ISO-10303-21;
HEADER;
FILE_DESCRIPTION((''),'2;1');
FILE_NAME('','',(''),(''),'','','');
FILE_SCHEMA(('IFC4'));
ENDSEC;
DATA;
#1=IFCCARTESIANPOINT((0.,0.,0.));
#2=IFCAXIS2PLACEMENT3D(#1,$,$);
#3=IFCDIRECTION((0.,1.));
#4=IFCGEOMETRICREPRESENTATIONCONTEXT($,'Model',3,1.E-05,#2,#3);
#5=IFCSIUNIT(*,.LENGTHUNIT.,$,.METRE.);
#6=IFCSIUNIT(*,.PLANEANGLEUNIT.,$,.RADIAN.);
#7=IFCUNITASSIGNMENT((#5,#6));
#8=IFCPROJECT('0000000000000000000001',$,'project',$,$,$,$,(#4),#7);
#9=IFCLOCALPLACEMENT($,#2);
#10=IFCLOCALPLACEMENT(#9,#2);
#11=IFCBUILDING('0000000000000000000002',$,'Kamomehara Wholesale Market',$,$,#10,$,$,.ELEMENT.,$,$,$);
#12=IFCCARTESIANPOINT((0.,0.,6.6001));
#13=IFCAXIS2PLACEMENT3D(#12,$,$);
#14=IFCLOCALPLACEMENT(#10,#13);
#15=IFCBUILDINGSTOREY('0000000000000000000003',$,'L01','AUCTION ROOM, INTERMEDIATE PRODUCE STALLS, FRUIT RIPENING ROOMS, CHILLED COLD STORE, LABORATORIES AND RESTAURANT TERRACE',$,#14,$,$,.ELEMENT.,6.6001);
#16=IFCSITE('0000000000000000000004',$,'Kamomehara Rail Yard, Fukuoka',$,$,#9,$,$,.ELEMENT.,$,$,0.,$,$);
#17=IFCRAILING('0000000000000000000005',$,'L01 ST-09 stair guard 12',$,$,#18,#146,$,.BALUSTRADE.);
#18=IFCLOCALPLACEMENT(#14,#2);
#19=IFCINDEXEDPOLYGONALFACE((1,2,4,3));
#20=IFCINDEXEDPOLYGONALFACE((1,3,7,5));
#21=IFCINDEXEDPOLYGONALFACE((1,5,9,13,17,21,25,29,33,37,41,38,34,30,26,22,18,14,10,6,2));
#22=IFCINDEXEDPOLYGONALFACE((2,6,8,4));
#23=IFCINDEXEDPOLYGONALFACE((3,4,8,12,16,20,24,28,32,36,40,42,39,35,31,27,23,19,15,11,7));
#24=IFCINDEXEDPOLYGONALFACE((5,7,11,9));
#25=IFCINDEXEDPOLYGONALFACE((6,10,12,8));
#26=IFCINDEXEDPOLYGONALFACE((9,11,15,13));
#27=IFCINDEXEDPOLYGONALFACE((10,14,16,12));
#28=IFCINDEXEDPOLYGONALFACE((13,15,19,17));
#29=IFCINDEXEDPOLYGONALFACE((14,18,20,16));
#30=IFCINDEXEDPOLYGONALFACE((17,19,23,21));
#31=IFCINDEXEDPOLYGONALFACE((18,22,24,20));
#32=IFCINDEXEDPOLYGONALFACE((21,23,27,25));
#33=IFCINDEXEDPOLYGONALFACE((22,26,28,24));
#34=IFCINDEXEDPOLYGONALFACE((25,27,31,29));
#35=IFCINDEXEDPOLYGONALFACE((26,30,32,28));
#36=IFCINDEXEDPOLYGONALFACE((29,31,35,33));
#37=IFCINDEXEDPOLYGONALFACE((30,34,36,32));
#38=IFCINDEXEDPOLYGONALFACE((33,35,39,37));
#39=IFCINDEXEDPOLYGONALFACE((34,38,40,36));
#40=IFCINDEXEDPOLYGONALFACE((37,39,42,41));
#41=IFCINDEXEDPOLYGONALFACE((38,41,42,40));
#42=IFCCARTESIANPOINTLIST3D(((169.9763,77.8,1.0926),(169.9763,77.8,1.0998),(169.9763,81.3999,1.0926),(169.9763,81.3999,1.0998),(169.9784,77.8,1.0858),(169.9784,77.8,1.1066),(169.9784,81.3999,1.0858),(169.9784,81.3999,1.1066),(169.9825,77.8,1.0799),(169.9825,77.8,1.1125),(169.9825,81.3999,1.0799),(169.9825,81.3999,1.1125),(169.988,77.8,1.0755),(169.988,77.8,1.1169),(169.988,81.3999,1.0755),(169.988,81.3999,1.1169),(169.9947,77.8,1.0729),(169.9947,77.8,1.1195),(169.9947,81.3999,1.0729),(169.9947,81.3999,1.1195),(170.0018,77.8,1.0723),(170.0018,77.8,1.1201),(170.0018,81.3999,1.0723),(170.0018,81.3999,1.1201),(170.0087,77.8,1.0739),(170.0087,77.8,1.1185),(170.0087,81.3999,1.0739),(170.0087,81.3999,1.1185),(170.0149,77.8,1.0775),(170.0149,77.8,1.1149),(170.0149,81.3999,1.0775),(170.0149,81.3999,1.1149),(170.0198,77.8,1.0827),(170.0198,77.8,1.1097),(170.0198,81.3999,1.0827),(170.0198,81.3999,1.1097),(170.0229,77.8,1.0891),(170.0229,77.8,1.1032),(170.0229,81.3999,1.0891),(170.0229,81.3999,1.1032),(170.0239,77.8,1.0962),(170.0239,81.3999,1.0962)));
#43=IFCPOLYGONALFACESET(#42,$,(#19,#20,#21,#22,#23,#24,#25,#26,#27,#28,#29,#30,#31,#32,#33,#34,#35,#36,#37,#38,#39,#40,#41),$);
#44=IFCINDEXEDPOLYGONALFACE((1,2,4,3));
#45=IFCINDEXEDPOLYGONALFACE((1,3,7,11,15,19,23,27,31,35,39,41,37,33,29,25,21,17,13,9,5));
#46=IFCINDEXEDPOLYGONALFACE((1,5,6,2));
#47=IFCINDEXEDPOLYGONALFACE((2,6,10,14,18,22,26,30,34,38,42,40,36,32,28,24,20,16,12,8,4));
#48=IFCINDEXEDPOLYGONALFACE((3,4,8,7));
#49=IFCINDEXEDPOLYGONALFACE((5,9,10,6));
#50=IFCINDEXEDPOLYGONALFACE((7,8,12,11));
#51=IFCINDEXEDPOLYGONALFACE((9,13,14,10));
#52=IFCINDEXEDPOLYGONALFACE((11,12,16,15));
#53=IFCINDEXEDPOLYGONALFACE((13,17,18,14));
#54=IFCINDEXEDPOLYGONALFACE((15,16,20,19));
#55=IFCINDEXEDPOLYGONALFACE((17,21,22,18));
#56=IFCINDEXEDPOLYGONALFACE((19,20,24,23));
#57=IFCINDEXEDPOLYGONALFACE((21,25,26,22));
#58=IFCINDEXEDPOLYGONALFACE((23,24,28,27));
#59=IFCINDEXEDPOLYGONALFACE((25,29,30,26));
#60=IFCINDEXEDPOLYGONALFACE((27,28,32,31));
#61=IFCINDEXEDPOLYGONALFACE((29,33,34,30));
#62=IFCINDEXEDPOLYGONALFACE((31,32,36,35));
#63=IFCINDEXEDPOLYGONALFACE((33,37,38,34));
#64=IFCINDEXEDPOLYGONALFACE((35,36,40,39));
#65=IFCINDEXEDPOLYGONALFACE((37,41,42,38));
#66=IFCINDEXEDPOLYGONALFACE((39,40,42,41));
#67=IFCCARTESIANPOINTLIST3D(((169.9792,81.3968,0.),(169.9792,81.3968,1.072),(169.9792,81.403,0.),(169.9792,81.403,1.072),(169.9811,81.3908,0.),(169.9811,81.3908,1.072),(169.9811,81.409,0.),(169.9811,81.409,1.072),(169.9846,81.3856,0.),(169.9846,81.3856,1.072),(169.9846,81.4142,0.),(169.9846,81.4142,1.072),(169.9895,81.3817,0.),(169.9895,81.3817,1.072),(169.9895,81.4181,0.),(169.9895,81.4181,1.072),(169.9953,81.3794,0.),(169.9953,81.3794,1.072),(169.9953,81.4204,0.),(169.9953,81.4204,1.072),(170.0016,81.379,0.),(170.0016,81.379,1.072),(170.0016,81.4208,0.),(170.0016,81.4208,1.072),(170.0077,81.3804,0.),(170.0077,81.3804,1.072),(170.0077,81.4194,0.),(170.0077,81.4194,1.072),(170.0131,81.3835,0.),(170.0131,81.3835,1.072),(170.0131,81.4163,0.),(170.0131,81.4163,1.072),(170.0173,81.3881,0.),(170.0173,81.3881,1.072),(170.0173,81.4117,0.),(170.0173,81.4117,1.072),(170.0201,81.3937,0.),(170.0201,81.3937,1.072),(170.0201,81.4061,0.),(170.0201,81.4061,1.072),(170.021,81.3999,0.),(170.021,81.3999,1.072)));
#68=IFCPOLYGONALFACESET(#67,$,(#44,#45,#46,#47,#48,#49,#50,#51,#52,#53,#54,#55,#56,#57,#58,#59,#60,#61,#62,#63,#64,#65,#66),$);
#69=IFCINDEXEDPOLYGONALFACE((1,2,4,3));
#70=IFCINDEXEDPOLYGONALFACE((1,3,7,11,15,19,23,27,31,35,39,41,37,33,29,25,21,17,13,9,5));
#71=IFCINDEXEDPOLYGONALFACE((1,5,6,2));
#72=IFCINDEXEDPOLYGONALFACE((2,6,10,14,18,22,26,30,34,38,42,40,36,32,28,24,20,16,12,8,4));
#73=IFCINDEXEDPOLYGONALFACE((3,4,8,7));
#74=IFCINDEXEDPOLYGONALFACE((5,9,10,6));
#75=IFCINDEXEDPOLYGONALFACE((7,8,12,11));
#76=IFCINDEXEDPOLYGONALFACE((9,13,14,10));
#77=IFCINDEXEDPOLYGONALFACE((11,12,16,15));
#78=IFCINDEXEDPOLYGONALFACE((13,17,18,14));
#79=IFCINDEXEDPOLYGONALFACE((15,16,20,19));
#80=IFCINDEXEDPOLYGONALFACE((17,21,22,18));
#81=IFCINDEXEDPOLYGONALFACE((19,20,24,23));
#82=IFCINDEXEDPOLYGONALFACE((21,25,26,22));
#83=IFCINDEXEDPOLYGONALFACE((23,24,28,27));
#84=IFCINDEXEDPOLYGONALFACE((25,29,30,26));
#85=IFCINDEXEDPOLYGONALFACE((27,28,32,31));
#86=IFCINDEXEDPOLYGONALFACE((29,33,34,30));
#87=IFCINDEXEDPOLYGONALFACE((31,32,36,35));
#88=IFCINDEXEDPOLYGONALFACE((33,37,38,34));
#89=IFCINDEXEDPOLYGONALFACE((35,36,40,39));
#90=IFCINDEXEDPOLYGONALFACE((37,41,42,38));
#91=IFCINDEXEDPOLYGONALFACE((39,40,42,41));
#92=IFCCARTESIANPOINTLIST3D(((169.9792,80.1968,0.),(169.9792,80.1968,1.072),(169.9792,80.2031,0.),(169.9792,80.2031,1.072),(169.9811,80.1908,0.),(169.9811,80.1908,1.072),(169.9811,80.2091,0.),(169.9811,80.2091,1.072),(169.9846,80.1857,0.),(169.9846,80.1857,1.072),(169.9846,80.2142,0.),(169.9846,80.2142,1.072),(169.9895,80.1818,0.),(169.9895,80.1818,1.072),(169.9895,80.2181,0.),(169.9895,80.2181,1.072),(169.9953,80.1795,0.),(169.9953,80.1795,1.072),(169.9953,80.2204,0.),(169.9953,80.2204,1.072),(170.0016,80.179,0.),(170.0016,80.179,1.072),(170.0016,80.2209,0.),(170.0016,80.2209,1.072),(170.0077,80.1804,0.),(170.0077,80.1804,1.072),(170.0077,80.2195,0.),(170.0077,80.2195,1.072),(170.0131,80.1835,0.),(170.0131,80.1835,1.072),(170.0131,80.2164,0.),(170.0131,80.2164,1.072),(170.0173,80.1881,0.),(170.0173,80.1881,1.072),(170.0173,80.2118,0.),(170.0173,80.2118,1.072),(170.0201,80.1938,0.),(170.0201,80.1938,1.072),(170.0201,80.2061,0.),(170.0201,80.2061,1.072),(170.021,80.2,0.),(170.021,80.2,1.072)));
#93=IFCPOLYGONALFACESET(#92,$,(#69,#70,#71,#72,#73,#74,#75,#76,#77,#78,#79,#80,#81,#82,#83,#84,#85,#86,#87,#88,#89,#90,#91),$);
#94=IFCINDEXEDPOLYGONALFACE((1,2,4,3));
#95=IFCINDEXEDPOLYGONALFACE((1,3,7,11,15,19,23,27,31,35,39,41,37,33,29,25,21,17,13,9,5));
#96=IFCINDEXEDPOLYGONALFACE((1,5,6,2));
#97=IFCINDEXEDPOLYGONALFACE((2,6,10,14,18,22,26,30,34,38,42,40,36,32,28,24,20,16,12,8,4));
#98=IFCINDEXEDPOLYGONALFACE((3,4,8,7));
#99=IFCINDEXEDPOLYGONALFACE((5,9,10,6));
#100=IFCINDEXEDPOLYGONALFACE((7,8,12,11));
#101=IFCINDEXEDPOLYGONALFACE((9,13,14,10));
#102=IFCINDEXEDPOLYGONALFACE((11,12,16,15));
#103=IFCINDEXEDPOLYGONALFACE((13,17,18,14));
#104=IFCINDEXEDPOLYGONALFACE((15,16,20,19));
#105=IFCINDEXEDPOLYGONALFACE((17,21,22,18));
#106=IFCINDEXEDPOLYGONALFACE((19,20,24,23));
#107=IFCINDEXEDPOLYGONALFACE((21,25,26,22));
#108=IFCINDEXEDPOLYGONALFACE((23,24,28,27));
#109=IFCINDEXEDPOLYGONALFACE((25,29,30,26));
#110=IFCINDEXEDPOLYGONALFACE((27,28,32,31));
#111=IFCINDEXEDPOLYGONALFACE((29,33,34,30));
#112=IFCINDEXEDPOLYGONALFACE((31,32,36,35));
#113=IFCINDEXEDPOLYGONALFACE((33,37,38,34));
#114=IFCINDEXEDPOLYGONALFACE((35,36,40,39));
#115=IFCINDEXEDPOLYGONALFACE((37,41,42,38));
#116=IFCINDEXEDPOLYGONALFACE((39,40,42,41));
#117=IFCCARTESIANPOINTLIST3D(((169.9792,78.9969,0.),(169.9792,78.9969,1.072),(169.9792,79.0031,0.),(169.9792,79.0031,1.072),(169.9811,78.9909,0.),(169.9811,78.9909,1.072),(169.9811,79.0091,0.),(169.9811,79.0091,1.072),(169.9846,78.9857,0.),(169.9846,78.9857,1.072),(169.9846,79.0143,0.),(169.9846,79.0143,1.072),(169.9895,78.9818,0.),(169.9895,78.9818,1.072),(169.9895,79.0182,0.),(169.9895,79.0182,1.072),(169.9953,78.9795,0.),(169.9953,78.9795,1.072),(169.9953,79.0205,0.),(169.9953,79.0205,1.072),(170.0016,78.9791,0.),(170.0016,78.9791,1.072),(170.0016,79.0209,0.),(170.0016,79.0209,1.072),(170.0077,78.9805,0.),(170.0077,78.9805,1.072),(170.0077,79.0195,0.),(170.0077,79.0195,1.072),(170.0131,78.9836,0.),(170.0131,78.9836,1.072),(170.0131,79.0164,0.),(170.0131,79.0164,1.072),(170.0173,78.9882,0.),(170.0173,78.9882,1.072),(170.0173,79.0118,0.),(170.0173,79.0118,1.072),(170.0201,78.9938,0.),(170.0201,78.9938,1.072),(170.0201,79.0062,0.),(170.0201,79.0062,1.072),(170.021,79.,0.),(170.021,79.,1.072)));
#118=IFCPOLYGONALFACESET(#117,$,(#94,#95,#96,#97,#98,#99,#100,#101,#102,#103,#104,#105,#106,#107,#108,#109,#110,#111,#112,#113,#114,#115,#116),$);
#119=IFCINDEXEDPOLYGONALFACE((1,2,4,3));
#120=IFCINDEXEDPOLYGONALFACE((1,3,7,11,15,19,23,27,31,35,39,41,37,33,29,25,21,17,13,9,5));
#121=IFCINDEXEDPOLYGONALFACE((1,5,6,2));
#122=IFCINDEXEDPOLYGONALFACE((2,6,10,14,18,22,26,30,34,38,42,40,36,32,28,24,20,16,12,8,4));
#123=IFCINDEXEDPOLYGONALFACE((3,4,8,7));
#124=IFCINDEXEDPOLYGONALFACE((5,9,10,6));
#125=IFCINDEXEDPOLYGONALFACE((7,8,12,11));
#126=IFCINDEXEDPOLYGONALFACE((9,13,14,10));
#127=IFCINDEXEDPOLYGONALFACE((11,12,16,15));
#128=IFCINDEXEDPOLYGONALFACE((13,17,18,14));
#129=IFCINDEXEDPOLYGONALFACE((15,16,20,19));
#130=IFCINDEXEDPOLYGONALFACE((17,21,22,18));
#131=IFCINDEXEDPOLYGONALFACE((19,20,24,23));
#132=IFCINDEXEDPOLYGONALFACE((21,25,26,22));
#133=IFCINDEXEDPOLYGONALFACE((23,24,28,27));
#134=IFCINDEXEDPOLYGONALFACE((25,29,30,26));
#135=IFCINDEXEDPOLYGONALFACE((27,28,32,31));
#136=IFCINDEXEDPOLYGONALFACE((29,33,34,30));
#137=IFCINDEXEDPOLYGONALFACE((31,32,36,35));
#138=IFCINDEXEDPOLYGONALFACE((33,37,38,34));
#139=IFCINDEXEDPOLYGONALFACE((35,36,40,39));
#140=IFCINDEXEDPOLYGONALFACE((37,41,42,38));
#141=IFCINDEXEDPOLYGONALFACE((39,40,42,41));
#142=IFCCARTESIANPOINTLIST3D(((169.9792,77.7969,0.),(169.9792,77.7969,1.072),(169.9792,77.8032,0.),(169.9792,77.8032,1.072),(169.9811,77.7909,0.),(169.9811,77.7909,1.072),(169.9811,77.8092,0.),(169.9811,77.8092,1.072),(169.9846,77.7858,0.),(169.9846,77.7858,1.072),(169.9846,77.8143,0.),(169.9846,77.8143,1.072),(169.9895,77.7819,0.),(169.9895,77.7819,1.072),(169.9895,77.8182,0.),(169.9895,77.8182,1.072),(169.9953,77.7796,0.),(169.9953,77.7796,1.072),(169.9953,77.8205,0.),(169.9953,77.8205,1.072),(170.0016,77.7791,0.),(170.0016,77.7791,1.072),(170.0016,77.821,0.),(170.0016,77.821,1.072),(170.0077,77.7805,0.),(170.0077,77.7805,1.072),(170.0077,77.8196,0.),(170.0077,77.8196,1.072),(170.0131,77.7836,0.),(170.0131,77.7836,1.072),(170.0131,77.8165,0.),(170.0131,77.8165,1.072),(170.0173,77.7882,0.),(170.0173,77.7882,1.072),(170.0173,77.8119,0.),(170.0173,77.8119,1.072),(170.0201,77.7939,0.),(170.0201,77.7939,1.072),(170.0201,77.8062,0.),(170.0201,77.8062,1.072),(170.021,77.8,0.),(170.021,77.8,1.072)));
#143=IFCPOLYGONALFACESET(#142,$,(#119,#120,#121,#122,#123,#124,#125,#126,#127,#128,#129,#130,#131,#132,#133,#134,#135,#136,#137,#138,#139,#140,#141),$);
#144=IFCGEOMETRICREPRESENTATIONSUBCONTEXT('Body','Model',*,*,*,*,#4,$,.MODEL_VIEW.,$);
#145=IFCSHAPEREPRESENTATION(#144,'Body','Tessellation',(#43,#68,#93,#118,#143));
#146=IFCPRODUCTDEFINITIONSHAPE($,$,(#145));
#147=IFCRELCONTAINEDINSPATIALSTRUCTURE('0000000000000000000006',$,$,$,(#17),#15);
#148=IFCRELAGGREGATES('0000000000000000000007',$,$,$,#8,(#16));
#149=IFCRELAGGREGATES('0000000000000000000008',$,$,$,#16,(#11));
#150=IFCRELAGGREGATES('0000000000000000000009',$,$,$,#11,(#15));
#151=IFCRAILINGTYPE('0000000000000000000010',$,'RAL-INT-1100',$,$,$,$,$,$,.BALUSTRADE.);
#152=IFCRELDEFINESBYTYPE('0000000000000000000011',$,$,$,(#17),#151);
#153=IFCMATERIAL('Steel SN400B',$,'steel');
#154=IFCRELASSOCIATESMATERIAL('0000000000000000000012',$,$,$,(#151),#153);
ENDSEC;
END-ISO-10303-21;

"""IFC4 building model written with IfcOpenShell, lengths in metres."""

from ifc_helpers import new_model, si_unit, direction, frame, origin, origin_2d, place, context, subcontext, project, spatial, circle, extrude, material, type_object, element, save


model = new_model("IFC4")

# Units and contexts
model_context = context("Model", 3, precision=1e-05, world=origin(), true_north=direction((0.0, 1.0)))
body_context = subcontext(model_context, "Body", "Model", "MODEL_VIEW")
ifc_project = project(units=[si_unit("LENGTHUNIT", "METRE"), si_unit("PLANEANGLEUNIT", "RADIAN")], contexts=[model_context])

# Site, building, storey
site_placement = place(None, origin())
site = spatial("IfcSite", under=ifc_project, at=site_placement, Name="Kamomehara Rail Yard, Fukuoka", CompositionType="ELEMENT", RefElevation=0.0)
building_placement = place(site_placement, origin())
building = spatial("IfcBuilding", under=site, at=building_placement, Name="Kamomehara Wholesale Market", CompositionType="ELEMENT")
storey_placement = place(building_placement, frame((0.0, 0.0, 6.6001)))
storey = spatial("IfcBuildingStorey", under=building, at=storey_placement, Name="L01", Description="AUCTION ROOM, INTERMEDIATE PRODUCE STALLS, FRUIT RIPENING ROOMS, CHILLED COLD STORE, LABORATORIES AND RESTAURANT TERRACE", CompositionType="ELEMENT", Elevation=6.6001)

# Railing
ifc_material_1 = material(Name="Steel SN400B", Category="steel")
railing_type_1 = type_object("IfcRailingType", Name="RAL-INT-1100", PredefinedType="BALUSTRADE", material=ifc_material_1)
railing_1_placement = place(storey_placement, frame((170.0, 81.3999, 0.0)))
element("IfcRailing", 1, at=railing_1_placement, inside=storey, type_object=railing_type_1, Name="L01 ST-09 stair guard 12", PredefinedType="BALUSTRADE", context=body_context, shape_type="SweptSolid", body=[
    extrude(circle(Radius=0.0239, at=origin_2d()), frame((0.0, 0.0, 1.0962), z_axis=(0.0, -1.0, 0.0), x_axis=(1.0, 0.0, 0.0)), (0.0, 0.0, 1.0), 3.5999),
    extrude(circle(Radius=0.021, at=origin_2d()), origin(), (0.0, 0.0, 1.0), 1.072),
    extrude(circle(Radius=0.021, at=origin_2d()), frame((0.0, -1.2, 0.0)), (0.0, 0.0, 1.0), 1.072),
    extrude(circle(Radius=0.021, at=origin_2d()), frame((0.0, -2.3999, 0.0)), (0.0, 0.0, 1.0), 1.072),
    extrude(circle(Radius=0.021, at=origin_2d()), frame((0.0, -3.5999, 0.0)), (0.0, 0.0, 1.0), 1.072),
])

save(model, "model.ifc")
